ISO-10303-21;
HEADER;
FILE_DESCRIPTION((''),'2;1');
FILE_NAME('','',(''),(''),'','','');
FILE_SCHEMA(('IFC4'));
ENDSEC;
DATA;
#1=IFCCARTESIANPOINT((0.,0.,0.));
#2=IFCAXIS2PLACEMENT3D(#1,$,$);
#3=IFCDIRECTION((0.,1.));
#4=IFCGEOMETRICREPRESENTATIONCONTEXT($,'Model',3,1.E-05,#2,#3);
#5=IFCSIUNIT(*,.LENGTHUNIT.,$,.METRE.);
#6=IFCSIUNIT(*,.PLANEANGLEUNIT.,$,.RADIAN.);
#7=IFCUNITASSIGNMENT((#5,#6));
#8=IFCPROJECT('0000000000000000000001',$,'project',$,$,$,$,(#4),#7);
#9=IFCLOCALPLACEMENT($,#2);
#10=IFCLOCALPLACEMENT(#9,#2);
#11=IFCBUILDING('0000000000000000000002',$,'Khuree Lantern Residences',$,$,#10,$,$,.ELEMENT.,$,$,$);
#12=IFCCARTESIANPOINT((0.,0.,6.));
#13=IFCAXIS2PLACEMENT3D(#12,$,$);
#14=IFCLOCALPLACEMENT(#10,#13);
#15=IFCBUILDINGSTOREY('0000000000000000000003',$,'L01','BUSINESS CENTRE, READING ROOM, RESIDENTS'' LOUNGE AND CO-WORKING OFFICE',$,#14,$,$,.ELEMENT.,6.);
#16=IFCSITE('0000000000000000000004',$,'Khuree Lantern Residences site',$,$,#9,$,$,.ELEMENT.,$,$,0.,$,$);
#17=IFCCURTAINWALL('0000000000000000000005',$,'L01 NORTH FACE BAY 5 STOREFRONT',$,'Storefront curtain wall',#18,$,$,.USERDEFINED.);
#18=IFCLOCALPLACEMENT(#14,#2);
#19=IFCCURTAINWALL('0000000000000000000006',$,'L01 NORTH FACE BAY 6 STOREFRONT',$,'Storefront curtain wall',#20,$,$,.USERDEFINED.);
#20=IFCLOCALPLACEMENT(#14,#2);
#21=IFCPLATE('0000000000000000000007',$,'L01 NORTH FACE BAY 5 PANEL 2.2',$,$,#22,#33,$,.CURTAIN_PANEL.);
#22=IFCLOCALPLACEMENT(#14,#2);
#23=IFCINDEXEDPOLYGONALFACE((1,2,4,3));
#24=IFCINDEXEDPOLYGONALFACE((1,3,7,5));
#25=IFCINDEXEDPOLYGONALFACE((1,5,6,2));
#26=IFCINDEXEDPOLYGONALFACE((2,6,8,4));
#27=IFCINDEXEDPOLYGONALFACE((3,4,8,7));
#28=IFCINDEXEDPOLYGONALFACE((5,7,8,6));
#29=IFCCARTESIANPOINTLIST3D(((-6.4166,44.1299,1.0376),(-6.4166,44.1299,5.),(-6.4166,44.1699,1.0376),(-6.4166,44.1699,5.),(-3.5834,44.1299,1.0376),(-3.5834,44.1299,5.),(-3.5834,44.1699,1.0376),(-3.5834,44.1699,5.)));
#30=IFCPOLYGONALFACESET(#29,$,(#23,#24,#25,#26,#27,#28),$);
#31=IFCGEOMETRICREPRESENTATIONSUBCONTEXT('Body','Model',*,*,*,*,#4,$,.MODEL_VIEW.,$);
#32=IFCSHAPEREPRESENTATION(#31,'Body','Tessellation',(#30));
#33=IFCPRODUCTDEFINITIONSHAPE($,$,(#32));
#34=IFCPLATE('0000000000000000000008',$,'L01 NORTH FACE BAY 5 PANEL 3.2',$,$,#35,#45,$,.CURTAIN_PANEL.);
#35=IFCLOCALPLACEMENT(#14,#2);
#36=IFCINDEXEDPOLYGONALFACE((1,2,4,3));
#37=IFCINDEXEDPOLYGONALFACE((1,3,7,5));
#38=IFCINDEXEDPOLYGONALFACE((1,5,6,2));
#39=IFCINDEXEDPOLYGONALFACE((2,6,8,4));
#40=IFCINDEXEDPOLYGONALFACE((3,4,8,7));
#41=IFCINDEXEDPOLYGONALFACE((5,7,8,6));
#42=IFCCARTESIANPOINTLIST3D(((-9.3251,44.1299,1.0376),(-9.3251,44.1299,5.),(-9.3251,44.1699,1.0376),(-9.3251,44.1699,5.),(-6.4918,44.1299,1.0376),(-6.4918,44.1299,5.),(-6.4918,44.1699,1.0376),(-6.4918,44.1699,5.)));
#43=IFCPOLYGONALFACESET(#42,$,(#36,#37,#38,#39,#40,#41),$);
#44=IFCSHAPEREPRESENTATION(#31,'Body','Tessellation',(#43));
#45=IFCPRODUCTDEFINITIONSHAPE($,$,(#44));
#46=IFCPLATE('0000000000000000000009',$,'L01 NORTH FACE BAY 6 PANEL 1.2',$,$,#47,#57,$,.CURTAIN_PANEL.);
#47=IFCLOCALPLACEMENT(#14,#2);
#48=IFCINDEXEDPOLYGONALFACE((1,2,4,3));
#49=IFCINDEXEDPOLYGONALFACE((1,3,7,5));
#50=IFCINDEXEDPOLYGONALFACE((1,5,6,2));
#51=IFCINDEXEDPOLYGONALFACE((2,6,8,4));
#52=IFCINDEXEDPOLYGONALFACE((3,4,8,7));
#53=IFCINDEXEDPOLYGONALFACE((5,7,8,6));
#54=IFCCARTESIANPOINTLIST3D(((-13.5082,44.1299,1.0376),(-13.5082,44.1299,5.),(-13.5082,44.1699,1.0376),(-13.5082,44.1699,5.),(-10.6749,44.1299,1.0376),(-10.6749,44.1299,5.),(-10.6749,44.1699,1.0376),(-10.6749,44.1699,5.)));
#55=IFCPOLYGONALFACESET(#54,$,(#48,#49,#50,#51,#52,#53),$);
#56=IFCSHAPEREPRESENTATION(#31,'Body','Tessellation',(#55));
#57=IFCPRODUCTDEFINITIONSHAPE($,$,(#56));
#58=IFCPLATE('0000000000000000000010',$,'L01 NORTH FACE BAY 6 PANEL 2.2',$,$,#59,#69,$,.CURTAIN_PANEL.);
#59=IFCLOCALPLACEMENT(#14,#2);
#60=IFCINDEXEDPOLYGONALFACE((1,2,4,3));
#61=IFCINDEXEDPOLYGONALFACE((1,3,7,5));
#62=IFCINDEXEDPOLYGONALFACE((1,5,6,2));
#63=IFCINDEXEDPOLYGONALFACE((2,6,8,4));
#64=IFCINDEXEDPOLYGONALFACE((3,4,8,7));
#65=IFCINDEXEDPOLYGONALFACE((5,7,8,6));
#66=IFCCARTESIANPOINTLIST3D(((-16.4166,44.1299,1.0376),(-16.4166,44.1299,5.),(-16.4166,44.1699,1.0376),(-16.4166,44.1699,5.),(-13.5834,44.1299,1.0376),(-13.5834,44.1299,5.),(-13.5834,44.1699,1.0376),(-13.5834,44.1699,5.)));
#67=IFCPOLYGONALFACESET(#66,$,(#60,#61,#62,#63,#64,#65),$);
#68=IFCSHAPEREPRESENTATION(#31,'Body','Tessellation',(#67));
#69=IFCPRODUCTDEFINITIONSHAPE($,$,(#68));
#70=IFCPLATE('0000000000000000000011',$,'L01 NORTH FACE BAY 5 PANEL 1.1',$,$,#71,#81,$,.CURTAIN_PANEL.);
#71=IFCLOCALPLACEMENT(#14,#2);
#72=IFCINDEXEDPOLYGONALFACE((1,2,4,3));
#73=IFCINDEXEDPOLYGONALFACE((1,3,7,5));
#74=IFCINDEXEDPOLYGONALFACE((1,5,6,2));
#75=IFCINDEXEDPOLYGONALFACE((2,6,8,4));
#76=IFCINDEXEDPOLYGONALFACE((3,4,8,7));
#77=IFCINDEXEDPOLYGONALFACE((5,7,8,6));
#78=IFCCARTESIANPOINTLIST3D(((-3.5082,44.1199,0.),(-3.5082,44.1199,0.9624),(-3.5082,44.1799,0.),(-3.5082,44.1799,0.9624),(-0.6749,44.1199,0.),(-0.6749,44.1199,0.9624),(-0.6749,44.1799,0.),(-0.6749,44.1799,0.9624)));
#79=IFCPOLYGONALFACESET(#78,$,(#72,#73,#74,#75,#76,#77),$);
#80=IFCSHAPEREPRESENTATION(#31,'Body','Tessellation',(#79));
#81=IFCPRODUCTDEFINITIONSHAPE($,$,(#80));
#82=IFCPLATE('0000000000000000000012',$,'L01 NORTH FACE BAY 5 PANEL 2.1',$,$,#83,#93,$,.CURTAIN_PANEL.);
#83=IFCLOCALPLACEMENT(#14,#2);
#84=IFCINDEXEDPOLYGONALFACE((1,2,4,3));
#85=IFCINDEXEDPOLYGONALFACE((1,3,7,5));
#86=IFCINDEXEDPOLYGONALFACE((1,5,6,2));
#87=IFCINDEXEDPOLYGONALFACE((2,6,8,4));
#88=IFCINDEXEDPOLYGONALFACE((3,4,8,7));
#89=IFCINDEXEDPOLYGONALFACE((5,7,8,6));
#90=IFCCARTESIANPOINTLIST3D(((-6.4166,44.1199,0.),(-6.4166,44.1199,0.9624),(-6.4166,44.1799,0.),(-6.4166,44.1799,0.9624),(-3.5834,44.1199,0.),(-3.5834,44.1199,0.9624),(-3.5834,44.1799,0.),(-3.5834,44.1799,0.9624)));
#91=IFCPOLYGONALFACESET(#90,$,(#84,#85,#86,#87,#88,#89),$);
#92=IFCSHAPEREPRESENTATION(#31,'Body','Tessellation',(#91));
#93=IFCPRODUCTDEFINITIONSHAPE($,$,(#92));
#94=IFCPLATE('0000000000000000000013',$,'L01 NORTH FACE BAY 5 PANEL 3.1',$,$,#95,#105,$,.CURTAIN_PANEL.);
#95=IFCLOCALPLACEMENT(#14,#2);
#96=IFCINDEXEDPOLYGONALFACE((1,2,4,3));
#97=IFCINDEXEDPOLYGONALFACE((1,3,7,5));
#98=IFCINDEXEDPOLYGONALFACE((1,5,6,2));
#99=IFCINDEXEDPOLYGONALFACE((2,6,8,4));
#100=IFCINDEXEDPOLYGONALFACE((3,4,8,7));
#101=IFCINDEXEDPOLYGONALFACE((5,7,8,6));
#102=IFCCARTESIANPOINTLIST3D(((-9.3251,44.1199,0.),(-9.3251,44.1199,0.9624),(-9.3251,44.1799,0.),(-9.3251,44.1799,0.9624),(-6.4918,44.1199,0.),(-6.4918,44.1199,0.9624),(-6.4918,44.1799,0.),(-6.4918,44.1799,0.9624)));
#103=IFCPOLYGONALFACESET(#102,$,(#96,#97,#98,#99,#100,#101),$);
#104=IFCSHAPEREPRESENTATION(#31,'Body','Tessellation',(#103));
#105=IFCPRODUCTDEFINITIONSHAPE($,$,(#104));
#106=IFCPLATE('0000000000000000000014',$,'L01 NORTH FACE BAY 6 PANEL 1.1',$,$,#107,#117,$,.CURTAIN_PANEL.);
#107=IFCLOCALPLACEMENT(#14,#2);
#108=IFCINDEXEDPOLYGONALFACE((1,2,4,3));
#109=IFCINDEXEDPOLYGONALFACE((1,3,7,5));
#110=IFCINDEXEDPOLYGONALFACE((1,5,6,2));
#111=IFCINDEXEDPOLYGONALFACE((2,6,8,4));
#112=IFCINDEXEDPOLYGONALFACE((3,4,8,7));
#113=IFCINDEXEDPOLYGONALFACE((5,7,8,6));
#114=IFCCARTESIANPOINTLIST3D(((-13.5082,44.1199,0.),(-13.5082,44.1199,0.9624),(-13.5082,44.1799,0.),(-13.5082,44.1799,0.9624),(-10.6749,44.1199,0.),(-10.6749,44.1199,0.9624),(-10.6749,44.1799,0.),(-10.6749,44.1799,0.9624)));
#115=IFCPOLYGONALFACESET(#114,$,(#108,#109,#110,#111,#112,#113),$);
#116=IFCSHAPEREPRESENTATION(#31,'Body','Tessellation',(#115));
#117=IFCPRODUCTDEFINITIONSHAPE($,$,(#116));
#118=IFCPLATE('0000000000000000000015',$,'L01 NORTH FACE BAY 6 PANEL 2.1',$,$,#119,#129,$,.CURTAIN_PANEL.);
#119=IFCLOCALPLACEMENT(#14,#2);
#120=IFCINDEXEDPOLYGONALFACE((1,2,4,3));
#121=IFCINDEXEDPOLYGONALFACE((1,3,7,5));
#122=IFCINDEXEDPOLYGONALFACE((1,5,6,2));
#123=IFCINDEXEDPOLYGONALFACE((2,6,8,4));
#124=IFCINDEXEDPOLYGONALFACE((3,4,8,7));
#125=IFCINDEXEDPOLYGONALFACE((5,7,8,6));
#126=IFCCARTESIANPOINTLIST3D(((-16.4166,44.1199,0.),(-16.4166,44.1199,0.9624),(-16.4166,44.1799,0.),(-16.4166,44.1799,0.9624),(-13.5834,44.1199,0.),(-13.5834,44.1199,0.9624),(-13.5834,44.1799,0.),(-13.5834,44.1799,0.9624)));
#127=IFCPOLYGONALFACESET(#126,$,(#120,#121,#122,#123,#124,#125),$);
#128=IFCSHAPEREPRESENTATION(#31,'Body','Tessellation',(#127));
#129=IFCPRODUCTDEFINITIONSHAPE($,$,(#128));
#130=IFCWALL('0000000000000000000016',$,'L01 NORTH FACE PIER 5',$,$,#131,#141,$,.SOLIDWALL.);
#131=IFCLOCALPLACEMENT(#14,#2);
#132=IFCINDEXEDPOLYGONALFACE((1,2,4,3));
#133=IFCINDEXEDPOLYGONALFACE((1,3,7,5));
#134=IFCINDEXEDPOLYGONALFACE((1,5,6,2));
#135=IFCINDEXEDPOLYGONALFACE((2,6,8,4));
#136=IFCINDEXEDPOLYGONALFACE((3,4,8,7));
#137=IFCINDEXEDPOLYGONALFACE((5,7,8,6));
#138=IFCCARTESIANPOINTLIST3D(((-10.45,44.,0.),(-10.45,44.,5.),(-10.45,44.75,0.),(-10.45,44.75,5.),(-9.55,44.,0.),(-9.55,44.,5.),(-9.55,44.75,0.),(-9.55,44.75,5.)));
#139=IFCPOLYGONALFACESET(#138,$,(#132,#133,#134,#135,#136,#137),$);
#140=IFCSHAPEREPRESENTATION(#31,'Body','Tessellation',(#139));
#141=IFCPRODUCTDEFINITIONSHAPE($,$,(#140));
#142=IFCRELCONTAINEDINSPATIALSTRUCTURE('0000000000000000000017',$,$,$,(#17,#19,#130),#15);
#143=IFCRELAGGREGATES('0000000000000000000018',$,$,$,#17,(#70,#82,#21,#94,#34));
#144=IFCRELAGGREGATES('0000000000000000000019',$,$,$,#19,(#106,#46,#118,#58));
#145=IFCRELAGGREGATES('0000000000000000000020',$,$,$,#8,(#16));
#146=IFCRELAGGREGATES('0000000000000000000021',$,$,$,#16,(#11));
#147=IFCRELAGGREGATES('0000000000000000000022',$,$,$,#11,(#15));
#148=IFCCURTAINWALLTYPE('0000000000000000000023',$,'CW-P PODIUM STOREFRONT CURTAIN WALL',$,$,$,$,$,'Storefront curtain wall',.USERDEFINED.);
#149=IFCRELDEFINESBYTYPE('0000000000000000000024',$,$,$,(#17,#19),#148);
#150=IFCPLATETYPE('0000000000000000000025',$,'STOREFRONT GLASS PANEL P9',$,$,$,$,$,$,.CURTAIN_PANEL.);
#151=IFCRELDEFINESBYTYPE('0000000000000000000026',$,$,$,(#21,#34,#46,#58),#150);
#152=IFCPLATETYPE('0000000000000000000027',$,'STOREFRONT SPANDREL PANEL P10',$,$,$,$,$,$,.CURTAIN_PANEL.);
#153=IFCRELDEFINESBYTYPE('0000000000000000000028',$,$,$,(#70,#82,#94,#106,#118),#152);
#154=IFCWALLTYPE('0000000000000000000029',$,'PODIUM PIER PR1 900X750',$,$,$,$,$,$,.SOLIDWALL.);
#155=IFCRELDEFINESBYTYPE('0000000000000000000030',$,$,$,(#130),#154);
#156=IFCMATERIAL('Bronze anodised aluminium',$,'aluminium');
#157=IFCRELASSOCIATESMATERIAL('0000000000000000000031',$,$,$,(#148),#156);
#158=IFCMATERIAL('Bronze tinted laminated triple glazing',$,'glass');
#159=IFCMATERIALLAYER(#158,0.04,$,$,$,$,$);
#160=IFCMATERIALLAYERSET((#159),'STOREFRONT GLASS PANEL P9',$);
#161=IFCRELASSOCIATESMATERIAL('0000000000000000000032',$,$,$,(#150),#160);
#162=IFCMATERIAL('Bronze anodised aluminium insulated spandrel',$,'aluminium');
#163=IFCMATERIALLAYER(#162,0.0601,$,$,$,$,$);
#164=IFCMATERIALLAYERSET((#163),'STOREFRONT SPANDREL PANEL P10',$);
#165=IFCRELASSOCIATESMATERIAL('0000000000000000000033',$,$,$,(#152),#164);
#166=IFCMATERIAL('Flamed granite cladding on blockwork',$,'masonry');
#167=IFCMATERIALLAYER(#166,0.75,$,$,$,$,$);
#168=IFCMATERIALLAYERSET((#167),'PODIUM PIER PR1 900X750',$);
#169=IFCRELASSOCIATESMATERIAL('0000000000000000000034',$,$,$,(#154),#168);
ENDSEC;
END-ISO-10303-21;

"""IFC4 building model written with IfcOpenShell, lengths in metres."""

from ifc_helpers import new_model, si_unit, direction, frame, frame_2d, origin, origin_2d, place, context, subcontext, project, spatial, rectangle, extrude, material, layer, layer_set, type_object, element, aggregate, save


model = new_model("IFC4")

# Units and contexts
model_context = context("Model", 3, precision=1e-05, world=origin(), true_north=direction((0.0, 1.0)))
body_context = subcontext(model_context, "Body", "Model", "MODEL_VIEW")
ifc_project = project(units=[si_unit("LENGTHUNIT", "METRE"), si_unit("PLANEANGLEUNIT", "RADIAN")], contexts=[model_context])

# Site, building, storey
site_placement = place(None, origin())
site = spatial("IfcSite", under=ifc_project, at=site_placement, Name="Khuree Lantern Residences site", CompositionType="ELEMENT", RefElevation=0.0)
building_placement = place(site_placement, origin())
building = spatial("IfcBuilding", under=site, at=building_placement, Name="Khuree Lantern Residences", CompositionType="ELEMENT")
storey_placement = place(building_placement, frame((0.0, 0.0, 6.0)))
storey = spatial("IfcBuildingStorey", under=building, at=storey_placement, Name="L01", Description="BUSINESS CENTRE, READING ROOM, RESIDENTS' LOUNGE AND CO-WORKING OFFICE", CompositionType="ELEMENT", Elevation=6.0)

# Curtain walls
ifc_material_1 = material(Name="Bronze anodised aluminium", Category="aluminium")
curtain_wall_type = type_object("IfcCurtainWallType", Name="CW-P PODIUM STOREFRONT CURTAIN WALL", ElementType="Storefront curtain wall", PredefinedType="USERDEFINED", material=ifc_material_1)
curtain_wall_1_placement = place(storey_placement, origin())
curtain_wall_1 = element("IfcCurtainWall", 1, at=curtain_wall_1_placement, inside=storey, type_object=curtain_wall_type, Name="L01 NORTH FACE BAY 5 STOREFRONT", ObjectType="Storefront curtain wall", PredefinedType="USERDEFINED")
curtain_wall_2_placement = place(storey_placement, origin())
curtain_wall_2 = element("IfcCurtainWall", 2, at=curtain_wall_2_placement, inside=storey, type_object=curtain_wall_type, Name="L01 NORTH FACE BAY 6 STOREFRONT", ObjectType="Storefront curtain wall", PredefinedType="USERDEFINED")

# Plates
ifc_material_2 = material(Name="Bronze tinted laminated triple glazing", Category="glass")
ifc_layer_1 = layer(ifc_material_2, 0.04)
ifc_layer_set_1 = layer_set([ifc_layer_1], Name="STOREFRONT GLASS PANEL P9")
plate_type_1 = type_object("IfcPlateType", Name="STOREFRONT GLASS PANEL P9", PredefinedType="CURTAIN_PANEL", material=ifc_layer_set_1)
plate_1_placement = place(storey_placement, frame((-5.0, 44.1499, 1.0376), z_axis=(0.0, 0.0, 1.0), x_axis=(-1.0, 0.0, 0.0)))
plate_1 = element("IfcPlate", 3, at=plate_1_placement, type_object=plate_type_1, Name="L01 NORTH FACE BAY 5 PANEL 2.2", PredefinedType="CURTAIN_PANEL", context=body_context, shape_type="SweptSolid", body=[
    extrude(rectangle(XDim=2.8333, YDim=0.04, at=origin_2d()), origin(), (0.0, 0.0, 1.0), 3.9624),
])
plate_2_placement = place(storey_placement, frame((-7.9084, 44.1499, 1.0376), z_axis=(0.0, 0.0, 1.0), x_axis=(-1.0, 0.0, 0.0)))
plate_2 = element("IfcPlate", 4, at=plate_2_placement, type_object=plate_type_1, Name="L01 NORTH FACE BAY 5 PANEL 3.2", PredefinedType="CURTAIN_PANEL", context=body_context, shape_type="SweptSolid", body=[
    extrude(rectangle(XDim=2.8333, YDim=0.04, at=origin_2d()), origin(), (0.0, 0.0, 1.0), 3.9624),
])
plate_3_placement = place(storey_placement, frame((-12.0916, 44.1499, 1.0376), z_axis=(0.0, 0.0, 1.0), x_axis=(-1.0, 0.0, 0.0)))
plate_3 = element("IfcPlate", 5, at=plate_3_placement, type_object=plate_type_1, Name="L01 NORTH FACE BAY 6 PANEL 1.2", PredefinedType="CURTAIN_PANEL", context=body_context, shape_type="SweptSolid", body=[
    extrude(rectangle(XDim=2.8333, YDim=0.04, at=origin_2d()), origin(), (0.0, 0.0, 1.0), 3.9624),
])
plate_4_placement = place(storey_placement, frame((-15.0, 44.1499, 1.0376), z_axis=(0.0, 0.0, 1.0), x_axis=(-1.0, 0.0, 0.0)))
plate_4 = element("IfcPlate", 6, at=plate_4_placement, type_object=plate_type_1, Name="L01 NORTH FACE BAY 6 PANEL 2.2", PredefinedType="CURTAIN_PANEL", context=body_context, shape_type="SweptSolid", body=[
    extrude(rectangle(XDim=2.8333, YDim=0.04, at=origin_2d()), origin(), (0.0, 0.0, 1.0), 3.9624),
])
ifc_material_3 = material(Name="Bronze anodised aluminium insulated spandrel", Category="aluminium")
ifc_layer_2 = layer(ifc_material_3, 0.0601)
ifc_layer_set_2 = layer_set([ifc_layer_2], Name="STOREFRONT SPANDREL PANEL P10")
plate_type_2 = type_object("IfcPlateType", Name="STOREFRONT SPANDREL PANEL P10", PredefinedType="CURTAIN_PANEL", material=ifc_layer_set_2)
plate_5_placement = place(storey_placement, frame((-2.0916, 44.1499, 0.0), z_axis=(0.0, 0.0, 1.0), x_axis=(-1.0, 0.0, 0.0)))
plate_5 = element("IfcPlate", 7, at=plate_5_placement, type_object=plate_type_2, Name="L01 NORTH FACE BAY 5 PANEL 1.1", PredefinedType="CURTAIN_PANEL", context=body_context, shape_type="SweptSolid", body=[
    extrude(rectangle(XDim=2.8333, YDim=0.0601, at=origin_2d()), origin(), (0.0, 0.0, 1.0), 0.9624),
])
plate_6_placement = place(storey_placement, frame((-5.0, 44.1499, 0.0), z_axis=(0.0, 0.0, 1.0), x_axis=(-1.0, 0.0, 0.0)))
plate_6 = element("IfcPlate", 8, at=plate_6_placement, type_object=plate_type_2, Name="L01 NORTH FACE BAY 5 PANEL 2.1", PredefinedType="CURTAIN_PANEL", context=body_context, shape_type="SweptSolid", body=[
    extrude(rectangle(XDim=2.8333, YDim=0.0601, at=origin_2d()), origin(), (0.0, 0.0, 1.0), 0.9624),
])
plate_7_placement = place(storey_placement, frame((-7.9084, 44.1499, 0.0), z_axis=(0.0, 0.0, 1.0), x_axis=(-1.0, 0.0, 0.0)))
plate_7 = element("IfcPlate", 9, at=plate_7_placement, type_object=plate_type_2, Name="L01 NORTH FACE BAY 5 PANEL 3.1", PredefinedType="CURTAIN_PANEL", context=body_context, shape_type="SweptSolid", body=[
    extrude(rectangle(XDim=2.8333, YDim=0.0601, at=origin_2d()), origin(), (0.0, 0.0, 1.0), 0.9624),
])
aggregate(curtain_wall_1, [plate_5, plate_6, plate_1, plate_7, plate_2])
plate_8_placement = place(storey_placement, frame((-12.0916, 44.1499, 0.0), z_axis=(0.0, 0.0, 1.0), x_axis=(-1.0, 0.0, 0.0)))
plate_8 = element("IfcPlate", 10, at=plate_8_placement, type_object=plate_type_2, Name="L01 NORTH FACE BAY 6 PANEL 1.1", PredefinedType="CURTAIN_PANEL", context=body_context, shape_type="SweptSolid", body=[
    extrude(rectangle(XDim=2.8333, YDim=0.0601, at=origin_2d()), origin(), (0.0, 0.0, 1.0), 0.9624),
])
plate_9_placement = place(storey_placement, frame((-15.0, 44.1499, 0.0), z_axis=(0.0, 0.0, 1.0), x_axis=(-1.0, 0.0, 0.0)))
plate_9 = element("IfcPlate", 11, at=plate_9_placement, type_object=plate_type_2, Name="L01 NORTH FACE BAY 6 PANEL 2.1", PredefinedType="CURTAIN_PANEL", context=body_context, shape_type="SweptSolid", body=[
    extrude(rectangle(XDim=2.8333, YDim=0.0601, at=origin_2d()), origin(), (0.0, 0.0, 1.0), 0.9624),
])
aggregate(curtain_wall_2, [plate_8, plate_3, plate_9, plate_4])

# Wall
ifc_material_4 = material(Name="Flamed granite cladding on blockwork", Category="masonry")
ifc_layer_3 = layer(ifc_material_4, 0.75)
ifc_layer_set_3 = layer_set([ifc_layer_3], Name="PODIUM PIER PR1 900X750")
wall_type = type_object("IfcWallType", Name="PODIUM PIER PR1 900X750", PredefinedType="SOLIDWALL", material=ifc_layer_set_3)
wall_placement = place(storey_placement, frame((-9.55, 44.375, 0.0), z_axis=(0.0, 0.0, 1.0), x_axis=(-1.0, 0.0, 0.0)))
element("IfcWall", 12, at=wall_placement, inside=storey, type_object=wall_type, Name="L01 NORTH FACE PIER 5", PredefinedType="SOLIDWALL", context=body_context, shape_type="SweptSolid", body=[
    extrude(rectangle(XDim=0.8999, YDim=0.75, at=frame_2d((0.45, 0.0))), origin(), (0.0, 0.0, 1.0), 5.0),
])

save(model, "model.ifc")
